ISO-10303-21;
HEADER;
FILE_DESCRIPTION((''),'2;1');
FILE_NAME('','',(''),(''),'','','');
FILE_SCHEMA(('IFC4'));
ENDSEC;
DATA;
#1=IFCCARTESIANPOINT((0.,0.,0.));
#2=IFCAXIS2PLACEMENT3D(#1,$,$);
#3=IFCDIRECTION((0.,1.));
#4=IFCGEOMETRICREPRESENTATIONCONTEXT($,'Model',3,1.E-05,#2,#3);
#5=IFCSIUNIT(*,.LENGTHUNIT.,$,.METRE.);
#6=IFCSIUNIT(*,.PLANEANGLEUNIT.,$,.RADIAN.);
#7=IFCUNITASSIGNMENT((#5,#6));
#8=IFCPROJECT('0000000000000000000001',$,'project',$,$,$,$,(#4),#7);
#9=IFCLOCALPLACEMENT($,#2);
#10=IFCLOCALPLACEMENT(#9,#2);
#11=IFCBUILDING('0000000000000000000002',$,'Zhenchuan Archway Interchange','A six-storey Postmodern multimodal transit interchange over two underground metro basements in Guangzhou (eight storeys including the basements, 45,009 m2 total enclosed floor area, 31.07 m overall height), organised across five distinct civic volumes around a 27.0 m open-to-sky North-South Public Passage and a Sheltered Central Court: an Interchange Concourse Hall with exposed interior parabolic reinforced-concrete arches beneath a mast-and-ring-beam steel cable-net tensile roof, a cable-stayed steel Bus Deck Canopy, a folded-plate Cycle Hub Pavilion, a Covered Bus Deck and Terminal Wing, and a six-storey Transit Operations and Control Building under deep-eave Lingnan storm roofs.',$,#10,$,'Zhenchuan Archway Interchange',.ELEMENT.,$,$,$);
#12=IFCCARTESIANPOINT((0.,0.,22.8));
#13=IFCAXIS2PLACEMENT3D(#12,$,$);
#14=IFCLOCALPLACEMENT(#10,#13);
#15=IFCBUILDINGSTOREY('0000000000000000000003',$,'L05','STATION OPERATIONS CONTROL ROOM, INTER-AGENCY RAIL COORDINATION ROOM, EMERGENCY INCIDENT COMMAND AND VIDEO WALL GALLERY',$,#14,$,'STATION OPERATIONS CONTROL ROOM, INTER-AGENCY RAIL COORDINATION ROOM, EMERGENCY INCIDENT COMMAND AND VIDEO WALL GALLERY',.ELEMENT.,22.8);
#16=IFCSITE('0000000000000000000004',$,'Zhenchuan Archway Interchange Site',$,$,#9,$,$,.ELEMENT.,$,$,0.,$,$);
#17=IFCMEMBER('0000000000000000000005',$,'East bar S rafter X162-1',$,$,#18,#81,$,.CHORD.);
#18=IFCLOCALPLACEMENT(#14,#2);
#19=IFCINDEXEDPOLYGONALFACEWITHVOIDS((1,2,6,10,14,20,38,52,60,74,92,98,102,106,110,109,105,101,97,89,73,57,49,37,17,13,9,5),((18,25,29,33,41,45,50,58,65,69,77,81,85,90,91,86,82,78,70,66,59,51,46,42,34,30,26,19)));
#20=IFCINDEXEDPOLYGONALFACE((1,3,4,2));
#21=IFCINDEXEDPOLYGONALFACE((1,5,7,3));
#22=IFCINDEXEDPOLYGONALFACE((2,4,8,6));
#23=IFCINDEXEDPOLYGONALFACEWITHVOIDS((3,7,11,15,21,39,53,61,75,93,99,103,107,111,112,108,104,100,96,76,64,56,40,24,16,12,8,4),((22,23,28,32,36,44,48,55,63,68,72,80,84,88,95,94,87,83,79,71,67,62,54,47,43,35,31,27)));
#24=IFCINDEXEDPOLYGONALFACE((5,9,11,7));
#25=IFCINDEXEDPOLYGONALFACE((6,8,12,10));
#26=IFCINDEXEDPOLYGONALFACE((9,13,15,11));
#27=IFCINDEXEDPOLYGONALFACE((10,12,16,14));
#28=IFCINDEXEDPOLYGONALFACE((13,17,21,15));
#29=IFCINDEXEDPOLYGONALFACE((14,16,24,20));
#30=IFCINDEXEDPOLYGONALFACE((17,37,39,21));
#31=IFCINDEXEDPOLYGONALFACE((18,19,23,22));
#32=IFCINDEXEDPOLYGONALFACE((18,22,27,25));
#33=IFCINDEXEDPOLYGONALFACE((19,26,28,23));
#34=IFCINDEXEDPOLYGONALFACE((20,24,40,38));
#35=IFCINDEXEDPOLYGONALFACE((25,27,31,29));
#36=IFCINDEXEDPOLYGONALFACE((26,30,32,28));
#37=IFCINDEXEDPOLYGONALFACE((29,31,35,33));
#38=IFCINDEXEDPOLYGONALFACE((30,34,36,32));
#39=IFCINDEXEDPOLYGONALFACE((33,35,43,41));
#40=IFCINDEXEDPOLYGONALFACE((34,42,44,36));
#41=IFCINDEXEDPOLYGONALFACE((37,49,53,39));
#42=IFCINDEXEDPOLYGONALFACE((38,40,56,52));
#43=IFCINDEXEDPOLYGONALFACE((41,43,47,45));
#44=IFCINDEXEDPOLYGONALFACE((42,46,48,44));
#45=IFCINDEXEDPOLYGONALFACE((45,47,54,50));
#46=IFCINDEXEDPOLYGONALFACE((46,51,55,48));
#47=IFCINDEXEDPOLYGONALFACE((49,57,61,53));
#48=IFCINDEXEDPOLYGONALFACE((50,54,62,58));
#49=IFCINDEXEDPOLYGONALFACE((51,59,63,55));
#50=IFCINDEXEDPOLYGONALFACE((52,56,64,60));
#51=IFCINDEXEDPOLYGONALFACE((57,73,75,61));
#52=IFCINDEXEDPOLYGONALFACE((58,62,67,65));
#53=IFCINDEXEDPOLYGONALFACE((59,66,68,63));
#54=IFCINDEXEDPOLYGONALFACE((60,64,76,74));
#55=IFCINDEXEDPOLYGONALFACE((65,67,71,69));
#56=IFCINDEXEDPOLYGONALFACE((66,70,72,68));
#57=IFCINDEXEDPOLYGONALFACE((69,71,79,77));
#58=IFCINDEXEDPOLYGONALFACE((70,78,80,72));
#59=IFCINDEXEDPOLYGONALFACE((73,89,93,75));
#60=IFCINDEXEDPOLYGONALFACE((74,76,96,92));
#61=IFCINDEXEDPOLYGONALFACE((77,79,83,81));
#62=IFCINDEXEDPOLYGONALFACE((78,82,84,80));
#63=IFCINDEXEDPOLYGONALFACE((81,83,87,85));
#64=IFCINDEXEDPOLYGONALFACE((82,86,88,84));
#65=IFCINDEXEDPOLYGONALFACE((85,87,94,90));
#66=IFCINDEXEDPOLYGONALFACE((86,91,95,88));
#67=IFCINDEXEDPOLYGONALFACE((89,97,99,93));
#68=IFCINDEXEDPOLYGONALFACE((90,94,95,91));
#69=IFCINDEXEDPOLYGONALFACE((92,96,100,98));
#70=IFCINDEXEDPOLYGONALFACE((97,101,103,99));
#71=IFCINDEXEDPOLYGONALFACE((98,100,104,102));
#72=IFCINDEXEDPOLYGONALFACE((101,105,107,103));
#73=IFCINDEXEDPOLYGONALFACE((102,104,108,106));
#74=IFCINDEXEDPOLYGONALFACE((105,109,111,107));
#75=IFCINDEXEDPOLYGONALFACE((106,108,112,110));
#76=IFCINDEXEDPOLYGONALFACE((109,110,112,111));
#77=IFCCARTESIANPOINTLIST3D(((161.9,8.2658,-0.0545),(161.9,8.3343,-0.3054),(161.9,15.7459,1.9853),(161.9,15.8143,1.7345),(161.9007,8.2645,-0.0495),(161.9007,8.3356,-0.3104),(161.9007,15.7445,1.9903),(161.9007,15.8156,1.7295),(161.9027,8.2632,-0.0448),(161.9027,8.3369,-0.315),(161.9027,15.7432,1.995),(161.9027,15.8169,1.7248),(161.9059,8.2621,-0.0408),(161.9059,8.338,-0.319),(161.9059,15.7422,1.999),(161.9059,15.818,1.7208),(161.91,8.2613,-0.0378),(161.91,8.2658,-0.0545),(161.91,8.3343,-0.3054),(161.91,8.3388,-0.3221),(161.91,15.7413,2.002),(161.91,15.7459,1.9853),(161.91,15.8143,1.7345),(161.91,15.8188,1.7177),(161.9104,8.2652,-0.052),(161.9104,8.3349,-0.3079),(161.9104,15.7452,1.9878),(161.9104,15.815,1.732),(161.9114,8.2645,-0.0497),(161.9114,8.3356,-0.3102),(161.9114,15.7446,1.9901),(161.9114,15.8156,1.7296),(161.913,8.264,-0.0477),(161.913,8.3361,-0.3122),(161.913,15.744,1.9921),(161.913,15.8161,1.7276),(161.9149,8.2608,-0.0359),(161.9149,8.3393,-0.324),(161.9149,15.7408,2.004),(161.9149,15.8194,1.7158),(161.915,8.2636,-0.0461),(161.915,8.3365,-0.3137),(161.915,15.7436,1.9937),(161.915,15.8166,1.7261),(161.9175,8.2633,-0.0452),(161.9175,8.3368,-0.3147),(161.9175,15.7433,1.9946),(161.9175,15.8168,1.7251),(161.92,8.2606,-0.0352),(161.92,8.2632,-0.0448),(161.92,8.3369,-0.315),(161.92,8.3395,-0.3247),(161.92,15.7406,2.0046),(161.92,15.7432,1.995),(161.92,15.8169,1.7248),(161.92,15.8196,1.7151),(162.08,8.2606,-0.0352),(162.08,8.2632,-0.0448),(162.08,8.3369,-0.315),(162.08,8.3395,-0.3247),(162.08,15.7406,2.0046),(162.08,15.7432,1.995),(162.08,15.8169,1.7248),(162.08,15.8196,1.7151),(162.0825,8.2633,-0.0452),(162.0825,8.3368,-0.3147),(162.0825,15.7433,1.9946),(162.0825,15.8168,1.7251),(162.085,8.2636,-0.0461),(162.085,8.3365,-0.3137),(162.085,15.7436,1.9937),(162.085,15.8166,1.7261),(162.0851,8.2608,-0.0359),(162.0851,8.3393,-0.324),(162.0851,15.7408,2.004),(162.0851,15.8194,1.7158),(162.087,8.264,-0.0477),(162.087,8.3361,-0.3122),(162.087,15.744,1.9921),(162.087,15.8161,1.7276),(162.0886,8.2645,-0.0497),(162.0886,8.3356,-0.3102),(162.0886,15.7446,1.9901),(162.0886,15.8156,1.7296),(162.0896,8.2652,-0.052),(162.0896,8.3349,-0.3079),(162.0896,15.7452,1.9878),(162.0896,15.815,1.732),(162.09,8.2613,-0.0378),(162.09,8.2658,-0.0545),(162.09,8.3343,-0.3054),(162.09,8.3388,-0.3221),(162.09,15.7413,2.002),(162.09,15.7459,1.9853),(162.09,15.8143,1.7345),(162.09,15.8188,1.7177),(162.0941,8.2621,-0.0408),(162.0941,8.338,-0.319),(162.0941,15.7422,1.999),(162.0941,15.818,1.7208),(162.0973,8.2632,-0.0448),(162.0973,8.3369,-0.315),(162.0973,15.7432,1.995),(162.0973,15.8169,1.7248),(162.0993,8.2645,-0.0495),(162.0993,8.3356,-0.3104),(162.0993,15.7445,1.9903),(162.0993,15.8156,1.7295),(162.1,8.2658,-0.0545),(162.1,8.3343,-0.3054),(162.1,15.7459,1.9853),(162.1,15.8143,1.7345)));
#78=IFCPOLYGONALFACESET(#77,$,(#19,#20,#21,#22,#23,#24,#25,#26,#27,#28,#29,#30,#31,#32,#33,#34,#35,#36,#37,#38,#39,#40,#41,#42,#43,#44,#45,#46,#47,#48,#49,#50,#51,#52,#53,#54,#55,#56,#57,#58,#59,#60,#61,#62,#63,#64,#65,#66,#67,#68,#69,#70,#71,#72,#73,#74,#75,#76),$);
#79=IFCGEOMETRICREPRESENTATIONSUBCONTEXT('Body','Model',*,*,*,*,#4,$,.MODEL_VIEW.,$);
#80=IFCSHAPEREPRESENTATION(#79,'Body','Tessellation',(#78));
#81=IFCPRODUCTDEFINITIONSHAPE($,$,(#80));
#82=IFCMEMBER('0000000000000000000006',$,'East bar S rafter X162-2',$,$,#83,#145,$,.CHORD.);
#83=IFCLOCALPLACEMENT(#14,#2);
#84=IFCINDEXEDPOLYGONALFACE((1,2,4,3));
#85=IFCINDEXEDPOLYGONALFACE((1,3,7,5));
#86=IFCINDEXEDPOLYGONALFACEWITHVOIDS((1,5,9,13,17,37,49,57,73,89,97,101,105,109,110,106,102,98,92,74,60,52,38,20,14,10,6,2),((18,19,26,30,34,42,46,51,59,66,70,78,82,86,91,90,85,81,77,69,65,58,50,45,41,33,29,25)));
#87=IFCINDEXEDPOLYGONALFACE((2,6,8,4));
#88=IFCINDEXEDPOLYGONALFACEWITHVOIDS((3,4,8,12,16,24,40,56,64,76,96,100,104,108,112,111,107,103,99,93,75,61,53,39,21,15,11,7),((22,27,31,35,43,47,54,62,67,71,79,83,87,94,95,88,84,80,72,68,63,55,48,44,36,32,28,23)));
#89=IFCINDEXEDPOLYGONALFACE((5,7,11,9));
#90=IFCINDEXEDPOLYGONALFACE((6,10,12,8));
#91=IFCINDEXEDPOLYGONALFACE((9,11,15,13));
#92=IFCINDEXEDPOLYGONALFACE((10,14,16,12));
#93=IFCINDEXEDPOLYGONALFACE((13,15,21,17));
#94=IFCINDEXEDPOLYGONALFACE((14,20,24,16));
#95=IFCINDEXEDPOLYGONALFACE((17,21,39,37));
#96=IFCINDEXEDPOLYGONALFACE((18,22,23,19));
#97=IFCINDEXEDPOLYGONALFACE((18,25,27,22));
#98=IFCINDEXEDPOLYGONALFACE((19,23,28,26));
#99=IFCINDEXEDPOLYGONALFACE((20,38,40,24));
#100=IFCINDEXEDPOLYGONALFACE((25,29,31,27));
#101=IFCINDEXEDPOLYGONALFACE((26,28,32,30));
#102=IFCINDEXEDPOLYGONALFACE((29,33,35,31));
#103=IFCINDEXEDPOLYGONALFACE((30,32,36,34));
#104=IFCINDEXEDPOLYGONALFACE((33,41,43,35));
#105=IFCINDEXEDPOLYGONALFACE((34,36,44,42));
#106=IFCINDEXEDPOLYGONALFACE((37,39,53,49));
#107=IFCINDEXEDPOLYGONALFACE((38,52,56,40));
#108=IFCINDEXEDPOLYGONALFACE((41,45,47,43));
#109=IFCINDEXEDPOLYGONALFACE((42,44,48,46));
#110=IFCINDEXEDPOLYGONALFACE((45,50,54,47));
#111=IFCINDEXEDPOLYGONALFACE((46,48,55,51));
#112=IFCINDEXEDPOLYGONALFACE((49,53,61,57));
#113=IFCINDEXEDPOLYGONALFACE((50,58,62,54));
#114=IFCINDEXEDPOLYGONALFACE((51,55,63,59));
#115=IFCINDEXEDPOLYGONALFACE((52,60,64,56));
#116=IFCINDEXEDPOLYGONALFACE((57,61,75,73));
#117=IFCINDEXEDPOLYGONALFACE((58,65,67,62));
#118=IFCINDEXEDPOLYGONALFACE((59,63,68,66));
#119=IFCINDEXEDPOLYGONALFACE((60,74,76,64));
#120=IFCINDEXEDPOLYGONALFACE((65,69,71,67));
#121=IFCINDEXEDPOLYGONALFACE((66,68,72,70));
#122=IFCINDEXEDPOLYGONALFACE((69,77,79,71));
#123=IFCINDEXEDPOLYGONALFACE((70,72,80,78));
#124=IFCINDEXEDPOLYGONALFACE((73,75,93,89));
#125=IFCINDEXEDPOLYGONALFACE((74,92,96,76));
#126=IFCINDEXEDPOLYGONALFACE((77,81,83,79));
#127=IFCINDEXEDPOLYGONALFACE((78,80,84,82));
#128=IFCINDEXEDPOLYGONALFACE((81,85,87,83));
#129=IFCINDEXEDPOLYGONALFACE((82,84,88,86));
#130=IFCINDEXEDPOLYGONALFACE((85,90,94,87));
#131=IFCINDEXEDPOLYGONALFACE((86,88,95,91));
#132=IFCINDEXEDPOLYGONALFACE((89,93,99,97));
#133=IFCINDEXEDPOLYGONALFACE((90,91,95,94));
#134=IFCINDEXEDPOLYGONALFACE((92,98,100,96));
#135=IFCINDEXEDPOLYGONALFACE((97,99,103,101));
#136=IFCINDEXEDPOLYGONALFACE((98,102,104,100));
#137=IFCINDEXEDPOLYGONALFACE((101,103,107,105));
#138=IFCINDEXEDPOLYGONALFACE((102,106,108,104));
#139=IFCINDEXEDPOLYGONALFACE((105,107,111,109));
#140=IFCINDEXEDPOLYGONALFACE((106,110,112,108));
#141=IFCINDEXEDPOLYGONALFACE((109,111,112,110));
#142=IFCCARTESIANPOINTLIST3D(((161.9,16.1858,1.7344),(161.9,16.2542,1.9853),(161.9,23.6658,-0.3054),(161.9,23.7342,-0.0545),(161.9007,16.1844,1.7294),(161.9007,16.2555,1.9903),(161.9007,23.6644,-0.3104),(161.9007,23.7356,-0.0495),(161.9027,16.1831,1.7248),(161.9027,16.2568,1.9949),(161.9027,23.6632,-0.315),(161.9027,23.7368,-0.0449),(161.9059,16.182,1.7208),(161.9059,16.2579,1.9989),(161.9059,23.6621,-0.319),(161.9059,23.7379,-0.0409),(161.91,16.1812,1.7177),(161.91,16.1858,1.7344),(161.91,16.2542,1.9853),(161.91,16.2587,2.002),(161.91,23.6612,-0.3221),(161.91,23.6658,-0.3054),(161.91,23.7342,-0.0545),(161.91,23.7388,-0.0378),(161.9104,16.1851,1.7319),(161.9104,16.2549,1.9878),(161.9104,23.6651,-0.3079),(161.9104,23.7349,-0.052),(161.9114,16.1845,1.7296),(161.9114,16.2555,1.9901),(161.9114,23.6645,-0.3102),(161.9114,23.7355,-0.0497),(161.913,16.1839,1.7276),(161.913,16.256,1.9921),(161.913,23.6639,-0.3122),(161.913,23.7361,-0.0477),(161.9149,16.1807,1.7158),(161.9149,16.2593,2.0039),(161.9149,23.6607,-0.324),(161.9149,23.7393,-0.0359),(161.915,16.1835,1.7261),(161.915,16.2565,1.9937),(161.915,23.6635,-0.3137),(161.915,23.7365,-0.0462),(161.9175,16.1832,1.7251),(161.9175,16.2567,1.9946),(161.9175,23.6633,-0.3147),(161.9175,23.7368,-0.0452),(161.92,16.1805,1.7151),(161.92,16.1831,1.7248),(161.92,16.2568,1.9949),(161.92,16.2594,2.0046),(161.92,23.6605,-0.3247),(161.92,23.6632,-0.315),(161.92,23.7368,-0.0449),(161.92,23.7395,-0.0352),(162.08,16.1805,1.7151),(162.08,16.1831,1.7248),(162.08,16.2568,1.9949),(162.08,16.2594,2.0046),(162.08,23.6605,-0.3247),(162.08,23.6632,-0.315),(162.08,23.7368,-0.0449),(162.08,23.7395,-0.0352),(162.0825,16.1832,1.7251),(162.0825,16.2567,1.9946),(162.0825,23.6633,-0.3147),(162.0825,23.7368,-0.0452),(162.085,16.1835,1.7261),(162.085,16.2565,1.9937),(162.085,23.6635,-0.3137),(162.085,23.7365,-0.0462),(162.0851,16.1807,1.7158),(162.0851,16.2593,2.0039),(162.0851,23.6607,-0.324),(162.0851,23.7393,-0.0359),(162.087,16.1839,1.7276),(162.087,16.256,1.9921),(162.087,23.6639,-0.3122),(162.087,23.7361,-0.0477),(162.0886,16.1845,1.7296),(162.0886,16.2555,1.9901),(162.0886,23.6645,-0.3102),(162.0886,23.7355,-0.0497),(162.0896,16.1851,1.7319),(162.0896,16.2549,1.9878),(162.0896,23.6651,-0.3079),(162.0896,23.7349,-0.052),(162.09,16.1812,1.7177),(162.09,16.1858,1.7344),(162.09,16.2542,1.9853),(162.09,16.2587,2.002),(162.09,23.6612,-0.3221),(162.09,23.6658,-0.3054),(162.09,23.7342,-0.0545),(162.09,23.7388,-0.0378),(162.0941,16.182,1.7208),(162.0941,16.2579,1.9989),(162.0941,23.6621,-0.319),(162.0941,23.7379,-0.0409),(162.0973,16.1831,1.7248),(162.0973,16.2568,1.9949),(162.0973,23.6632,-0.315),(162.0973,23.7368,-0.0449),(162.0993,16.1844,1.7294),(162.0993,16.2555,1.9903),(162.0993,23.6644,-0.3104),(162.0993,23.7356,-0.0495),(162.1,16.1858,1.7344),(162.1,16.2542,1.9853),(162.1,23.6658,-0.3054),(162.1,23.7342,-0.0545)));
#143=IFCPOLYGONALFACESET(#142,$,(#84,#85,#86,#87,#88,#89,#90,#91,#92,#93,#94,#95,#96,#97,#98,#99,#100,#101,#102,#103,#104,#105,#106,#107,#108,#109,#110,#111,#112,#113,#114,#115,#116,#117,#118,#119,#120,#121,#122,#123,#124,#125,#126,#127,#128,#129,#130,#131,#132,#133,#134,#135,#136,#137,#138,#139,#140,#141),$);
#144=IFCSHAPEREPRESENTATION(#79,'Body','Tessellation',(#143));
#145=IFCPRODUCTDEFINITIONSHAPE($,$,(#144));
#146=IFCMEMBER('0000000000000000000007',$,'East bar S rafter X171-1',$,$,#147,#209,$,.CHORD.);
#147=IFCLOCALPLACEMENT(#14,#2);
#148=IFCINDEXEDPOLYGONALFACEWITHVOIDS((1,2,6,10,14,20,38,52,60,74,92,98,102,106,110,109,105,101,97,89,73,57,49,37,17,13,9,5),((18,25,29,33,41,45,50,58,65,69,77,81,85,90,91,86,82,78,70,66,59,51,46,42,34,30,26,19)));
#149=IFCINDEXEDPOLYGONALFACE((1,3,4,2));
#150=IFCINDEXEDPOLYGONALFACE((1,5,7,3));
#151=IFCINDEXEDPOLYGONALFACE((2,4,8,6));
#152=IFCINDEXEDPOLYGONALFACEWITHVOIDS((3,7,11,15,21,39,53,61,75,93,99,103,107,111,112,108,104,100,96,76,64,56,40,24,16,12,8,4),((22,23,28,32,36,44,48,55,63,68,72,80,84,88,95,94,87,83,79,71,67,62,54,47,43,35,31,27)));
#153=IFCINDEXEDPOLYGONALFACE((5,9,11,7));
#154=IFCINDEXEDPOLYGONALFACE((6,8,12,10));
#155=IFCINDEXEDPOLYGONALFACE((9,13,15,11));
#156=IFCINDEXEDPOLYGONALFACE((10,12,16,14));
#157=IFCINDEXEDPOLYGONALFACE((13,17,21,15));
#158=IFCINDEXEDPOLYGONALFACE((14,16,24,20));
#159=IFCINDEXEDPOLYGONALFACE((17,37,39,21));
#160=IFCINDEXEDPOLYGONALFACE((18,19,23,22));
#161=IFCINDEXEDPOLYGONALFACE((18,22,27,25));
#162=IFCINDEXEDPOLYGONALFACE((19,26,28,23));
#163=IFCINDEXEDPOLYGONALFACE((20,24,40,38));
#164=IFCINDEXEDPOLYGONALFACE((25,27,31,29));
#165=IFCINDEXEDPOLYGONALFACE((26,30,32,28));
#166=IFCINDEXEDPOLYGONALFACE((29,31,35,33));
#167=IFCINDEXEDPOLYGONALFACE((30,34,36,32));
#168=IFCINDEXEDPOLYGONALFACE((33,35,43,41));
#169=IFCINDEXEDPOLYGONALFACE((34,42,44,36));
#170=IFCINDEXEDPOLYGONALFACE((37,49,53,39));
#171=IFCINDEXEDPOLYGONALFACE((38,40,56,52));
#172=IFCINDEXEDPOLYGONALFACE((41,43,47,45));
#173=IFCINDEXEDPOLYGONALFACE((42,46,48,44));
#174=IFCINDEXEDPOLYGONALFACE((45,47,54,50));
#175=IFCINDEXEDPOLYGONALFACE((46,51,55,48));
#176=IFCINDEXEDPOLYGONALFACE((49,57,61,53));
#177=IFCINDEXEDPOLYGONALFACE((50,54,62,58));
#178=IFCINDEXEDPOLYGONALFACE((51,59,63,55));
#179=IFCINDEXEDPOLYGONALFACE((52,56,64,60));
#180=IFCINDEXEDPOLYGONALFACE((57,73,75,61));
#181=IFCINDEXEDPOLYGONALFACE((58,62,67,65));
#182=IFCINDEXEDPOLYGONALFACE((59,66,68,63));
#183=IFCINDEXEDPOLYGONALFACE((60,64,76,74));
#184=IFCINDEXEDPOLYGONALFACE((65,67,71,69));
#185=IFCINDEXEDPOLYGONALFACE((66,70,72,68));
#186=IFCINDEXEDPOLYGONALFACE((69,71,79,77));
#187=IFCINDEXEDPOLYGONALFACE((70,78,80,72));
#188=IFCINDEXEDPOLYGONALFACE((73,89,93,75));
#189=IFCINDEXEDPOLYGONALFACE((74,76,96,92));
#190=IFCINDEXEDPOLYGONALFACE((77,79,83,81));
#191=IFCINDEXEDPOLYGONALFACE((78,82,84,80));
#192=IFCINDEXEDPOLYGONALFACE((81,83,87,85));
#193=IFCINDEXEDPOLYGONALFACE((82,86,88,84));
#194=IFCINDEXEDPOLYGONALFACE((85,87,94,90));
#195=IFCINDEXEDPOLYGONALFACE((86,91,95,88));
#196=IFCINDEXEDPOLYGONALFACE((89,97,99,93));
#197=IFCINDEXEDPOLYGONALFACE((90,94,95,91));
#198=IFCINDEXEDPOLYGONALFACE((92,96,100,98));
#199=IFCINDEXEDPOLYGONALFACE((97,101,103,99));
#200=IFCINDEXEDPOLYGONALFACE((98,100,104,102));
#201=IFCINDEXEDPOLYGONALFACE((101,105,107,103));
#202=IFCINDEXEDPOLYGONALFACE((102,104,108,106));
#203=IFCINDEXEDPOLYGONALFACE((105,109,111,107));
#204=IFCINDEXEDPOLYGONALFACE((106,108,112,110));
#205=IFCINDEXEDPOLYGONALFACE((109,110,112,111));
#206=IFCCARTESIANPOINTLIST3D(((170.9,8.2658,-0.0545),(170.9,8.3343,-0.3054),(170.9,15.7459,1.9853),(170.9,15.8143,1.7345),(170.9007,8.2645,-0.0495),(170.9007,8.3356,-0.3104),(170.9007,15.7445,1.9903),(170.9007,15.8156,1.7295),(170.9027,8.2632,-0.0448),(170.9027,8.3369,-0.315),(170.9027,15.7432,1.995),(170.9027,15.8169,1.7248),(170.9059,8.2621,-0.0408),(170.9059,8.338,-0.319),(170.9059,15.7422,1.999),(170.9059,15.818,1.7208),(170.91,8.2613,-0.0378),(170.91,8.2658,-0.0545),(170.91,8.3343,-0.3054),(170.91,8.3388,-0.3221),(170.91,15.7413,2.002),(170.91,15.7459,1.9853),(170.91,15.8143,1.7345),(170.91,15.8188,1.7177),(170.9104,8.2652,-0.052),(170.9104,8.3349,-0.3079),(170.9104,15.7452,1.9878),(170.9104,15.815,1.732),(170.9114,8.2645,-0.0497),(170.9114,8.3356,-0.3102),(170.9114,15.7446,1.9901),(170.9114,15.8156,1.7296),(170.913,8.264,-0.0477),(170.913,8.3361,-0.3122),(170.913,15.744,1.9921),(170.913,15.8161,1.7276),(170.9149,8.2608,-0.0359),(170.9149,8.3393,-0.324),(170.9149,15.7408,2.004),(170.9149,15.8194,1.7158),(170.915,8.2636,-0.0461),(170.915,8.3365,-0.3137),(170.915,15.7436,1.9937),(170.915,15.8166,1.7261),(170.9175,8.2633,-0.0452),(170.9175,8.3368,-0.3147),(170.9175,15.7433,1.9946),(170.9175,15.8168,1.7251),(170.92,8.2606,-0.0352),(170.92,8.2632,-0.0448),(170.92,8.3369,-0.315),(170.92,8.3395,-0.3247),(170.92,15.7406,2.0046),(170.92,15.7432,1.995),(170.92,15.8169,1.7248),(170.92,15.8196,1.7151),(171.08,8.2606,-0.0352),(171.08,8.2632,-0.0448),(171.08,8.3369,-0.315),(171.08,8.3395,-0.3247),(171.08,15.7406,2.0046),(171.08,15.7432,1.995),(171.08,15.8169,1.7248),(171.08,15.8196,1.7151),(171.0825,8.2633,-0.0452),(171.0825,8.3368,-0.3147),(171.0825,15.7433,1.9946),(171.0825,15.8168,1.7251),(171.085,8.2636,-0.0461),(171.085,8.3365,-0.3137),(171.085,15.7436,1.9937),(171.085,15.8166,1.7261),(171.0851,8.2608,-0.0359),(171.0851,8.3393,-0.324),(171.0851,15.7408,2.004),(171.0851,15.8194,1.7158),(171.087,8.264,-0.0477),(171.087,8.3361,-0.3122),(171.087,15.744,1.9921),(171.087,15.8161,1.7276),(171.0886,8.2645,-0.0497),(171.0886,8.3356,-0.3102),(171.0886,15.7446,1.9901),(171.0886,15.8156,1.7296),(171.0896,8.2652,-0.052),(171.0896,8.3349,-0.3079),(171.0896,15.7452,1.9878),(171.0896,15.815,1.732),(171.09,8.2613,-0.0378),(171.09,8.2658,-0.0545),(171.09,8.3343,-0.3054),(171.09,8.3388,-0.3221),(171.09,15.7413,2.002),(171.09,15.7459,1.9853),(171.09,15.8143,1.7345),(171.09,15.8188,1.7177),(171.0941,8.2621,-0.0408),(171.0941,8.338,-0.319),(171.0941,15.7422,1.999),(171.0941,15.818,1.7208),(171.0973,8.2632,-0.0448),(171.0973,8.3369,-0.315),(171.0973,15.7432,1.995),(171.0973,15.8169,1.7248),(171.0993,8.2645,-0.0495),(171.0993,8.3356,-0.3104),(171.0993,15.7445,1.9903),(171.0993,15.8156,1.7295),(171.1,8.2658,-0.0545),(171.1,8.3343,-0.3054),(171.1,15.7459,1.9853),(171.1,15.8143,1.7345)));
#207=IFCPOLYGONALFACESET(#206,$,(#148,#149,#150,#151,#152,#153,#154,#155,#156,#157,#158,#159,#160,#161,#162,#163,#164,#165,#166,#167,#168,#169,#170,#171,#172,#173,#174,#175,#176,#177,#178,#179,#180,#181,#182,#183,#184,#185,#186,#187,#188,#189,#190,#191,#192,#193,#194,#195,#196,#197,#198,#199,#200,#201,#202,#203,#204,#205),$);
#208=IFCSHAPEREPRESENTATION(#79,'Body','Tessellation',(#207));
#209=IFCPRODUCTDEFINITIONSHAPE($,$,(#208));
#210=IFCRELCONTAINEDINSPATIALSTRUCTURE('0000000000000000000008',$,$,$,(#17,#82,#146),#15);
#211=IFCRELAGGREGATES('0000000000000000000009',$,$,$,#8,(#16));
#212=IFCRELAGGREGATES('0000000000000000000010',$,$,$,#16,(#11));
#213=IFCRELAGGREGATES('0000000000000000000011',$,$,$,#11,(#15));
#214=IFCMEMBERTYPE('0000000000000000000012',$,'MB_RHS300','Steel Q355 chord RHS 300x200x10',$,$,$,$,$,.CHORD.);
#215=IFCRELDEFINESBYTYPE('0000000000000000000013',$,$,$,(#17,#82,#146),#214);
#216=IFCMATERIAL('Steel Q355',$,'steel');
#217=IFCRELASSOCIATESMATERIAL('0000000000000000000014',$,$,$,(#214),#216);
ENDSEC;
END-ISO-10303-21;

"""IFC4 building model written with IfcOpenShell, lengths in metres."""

from ifc_helpers import new_model, si_unit, direction, frame, origin, origin_2d, place, context, subcontext, project, spatial, hollow_rectangle, extrude, material, material_profile, profile_set, type_object, element, save


model = new_model("IFC4")

# Units and contexts
model_context = context("Model", 3, precision=1e-05, world=origin(), true_north=direction((0.0, 1.0)))
body_context = subcontext(model_context, "Body", "Model", "MODEL_VIEW")
ifc_project = project(units=[si_unit("LENGTHUNIT", "METRE"), si_unit("PLANEANGLEUNIT", "RADIAN")], contexts=[model_context])

# Site, building, storey
site_placement = place(None, origin())
site = spatial("IfcSite", under=ifc_project, at=site_placement, Name="Zhenchuan Archway Interchange Site", CompositionType="ELEMENT", RefElevation=0.0)
building_placement = place(site_placement, origin())
building = spatial("IfcBuilding", under=site, at=building_placement, Name="Zhenchuan Archway Interchange", Description="A six-storey Postmodern multimodal transit interchange over two underground metro basements in Guangzhou (eight storeys including the basements, 45,009 m2 total enclosed floor area, 31.07 m overall height), organised across five distinct civic volumes around a 27.0 m open-to-sky North-South Public Passage and a Sheltered Central Court: an Interchange Concourse Hall with exposed interior parabolic reinforced-concrete arches beneath a mast-and-ring-beam steel cable-net tensile roof, a cable-stayed steel Bus Deck Canopy, a folded-plate Cycle Hub Pavilion, a Covered Bus Deck and Terminal Wing, and a six-storey Transit Operations and Control Building under deep-eave Lingnan storm roofs.", LongName="Zhenchuan Archway Interchange", CompositionType="ELEMENT")
storey_placement = place(building_placement, frame((0.0, 0.0, 22.8)))
storey = spatial("IfcBuildingStorey", under=building, at=storey_placement, Name="L05", Description="STATION OPERATIONS CONTROL ROOM, INTER-AGENCY RAIL COORDINATION ROOM, EMERGENCY INCIDENT COMMAND AND VIDEO WALL GALLERY", LongName="STATION OPERATIONS CONTROL ROOM, INTER-AGENCY RAIL COORDINATION ROOM, EMERGENCY INCIDENT COMMAND AND VIDEO WALL GALLERY", CompositionType="ELEMENT", Elevation=22.8)

# Shared definitions
ifc_material_1 = material(Name="Steel Q355", Category="steel")

# Members
ifc_material_profile_1 = material_profile(ifc_material_1, hollow_rectangle(XDim=0.2, YDim=0.3, WallThickness=0.01, InnerFilletRadius=0.01, OuterFilletRadius=0.02, at=origin_2d()), Name="RHS 300x200x10")
ifc_profile_set_1 = profile_set([ifc_material_profile_1], Name="Steel Q355")
member_type_1 = type_object("IfcMemberType", Name="MB_RHS300", Description="Steel Q355 chord RHS 300x200x10", PredefinedType="CHORD", material=ifc_profile_set_1)
for number, where, z_axis, x_axis, name in (
    (1, (162.0, 8.3, -0.1799), (0.0, 0.96477, 0.263093), (-1.0, 0.0, 0.0), "East bar S rafter X162-1"),
    (2, (162.0, 16.22, 1.8599), (0.0, 0.96477, -0.263093), (-1.0, 0.0, 0.0), "East bar S rafter X162-2"),
    (3, (171.0, 8.3, -0.1799), (0.0, 0.96477, 0.263093), (-1.0, 0.0, 0.0), "East bar S rafter X171-1"),
):
    element("IfcMember", number, at=place(storey_placement, frame(where, z_axis=z_axis, x_axis=x_axis)), inside=storey, type_object=member_type_1, Name=name, PredefinedType="CHORD", context=body_context, shape_type="SweptSolid", body=[
        extrude(hollow_rectangle(XDim=0.2, YDim=0.3, WallThickness=0.01, InnerFilletRadius=0.01, OuterFilletRadius=0.02, at=origin_2d()), origin(), (0.0, 0.0, 1.0), 7.7532),
    ])

save(model, "model.ifc")
